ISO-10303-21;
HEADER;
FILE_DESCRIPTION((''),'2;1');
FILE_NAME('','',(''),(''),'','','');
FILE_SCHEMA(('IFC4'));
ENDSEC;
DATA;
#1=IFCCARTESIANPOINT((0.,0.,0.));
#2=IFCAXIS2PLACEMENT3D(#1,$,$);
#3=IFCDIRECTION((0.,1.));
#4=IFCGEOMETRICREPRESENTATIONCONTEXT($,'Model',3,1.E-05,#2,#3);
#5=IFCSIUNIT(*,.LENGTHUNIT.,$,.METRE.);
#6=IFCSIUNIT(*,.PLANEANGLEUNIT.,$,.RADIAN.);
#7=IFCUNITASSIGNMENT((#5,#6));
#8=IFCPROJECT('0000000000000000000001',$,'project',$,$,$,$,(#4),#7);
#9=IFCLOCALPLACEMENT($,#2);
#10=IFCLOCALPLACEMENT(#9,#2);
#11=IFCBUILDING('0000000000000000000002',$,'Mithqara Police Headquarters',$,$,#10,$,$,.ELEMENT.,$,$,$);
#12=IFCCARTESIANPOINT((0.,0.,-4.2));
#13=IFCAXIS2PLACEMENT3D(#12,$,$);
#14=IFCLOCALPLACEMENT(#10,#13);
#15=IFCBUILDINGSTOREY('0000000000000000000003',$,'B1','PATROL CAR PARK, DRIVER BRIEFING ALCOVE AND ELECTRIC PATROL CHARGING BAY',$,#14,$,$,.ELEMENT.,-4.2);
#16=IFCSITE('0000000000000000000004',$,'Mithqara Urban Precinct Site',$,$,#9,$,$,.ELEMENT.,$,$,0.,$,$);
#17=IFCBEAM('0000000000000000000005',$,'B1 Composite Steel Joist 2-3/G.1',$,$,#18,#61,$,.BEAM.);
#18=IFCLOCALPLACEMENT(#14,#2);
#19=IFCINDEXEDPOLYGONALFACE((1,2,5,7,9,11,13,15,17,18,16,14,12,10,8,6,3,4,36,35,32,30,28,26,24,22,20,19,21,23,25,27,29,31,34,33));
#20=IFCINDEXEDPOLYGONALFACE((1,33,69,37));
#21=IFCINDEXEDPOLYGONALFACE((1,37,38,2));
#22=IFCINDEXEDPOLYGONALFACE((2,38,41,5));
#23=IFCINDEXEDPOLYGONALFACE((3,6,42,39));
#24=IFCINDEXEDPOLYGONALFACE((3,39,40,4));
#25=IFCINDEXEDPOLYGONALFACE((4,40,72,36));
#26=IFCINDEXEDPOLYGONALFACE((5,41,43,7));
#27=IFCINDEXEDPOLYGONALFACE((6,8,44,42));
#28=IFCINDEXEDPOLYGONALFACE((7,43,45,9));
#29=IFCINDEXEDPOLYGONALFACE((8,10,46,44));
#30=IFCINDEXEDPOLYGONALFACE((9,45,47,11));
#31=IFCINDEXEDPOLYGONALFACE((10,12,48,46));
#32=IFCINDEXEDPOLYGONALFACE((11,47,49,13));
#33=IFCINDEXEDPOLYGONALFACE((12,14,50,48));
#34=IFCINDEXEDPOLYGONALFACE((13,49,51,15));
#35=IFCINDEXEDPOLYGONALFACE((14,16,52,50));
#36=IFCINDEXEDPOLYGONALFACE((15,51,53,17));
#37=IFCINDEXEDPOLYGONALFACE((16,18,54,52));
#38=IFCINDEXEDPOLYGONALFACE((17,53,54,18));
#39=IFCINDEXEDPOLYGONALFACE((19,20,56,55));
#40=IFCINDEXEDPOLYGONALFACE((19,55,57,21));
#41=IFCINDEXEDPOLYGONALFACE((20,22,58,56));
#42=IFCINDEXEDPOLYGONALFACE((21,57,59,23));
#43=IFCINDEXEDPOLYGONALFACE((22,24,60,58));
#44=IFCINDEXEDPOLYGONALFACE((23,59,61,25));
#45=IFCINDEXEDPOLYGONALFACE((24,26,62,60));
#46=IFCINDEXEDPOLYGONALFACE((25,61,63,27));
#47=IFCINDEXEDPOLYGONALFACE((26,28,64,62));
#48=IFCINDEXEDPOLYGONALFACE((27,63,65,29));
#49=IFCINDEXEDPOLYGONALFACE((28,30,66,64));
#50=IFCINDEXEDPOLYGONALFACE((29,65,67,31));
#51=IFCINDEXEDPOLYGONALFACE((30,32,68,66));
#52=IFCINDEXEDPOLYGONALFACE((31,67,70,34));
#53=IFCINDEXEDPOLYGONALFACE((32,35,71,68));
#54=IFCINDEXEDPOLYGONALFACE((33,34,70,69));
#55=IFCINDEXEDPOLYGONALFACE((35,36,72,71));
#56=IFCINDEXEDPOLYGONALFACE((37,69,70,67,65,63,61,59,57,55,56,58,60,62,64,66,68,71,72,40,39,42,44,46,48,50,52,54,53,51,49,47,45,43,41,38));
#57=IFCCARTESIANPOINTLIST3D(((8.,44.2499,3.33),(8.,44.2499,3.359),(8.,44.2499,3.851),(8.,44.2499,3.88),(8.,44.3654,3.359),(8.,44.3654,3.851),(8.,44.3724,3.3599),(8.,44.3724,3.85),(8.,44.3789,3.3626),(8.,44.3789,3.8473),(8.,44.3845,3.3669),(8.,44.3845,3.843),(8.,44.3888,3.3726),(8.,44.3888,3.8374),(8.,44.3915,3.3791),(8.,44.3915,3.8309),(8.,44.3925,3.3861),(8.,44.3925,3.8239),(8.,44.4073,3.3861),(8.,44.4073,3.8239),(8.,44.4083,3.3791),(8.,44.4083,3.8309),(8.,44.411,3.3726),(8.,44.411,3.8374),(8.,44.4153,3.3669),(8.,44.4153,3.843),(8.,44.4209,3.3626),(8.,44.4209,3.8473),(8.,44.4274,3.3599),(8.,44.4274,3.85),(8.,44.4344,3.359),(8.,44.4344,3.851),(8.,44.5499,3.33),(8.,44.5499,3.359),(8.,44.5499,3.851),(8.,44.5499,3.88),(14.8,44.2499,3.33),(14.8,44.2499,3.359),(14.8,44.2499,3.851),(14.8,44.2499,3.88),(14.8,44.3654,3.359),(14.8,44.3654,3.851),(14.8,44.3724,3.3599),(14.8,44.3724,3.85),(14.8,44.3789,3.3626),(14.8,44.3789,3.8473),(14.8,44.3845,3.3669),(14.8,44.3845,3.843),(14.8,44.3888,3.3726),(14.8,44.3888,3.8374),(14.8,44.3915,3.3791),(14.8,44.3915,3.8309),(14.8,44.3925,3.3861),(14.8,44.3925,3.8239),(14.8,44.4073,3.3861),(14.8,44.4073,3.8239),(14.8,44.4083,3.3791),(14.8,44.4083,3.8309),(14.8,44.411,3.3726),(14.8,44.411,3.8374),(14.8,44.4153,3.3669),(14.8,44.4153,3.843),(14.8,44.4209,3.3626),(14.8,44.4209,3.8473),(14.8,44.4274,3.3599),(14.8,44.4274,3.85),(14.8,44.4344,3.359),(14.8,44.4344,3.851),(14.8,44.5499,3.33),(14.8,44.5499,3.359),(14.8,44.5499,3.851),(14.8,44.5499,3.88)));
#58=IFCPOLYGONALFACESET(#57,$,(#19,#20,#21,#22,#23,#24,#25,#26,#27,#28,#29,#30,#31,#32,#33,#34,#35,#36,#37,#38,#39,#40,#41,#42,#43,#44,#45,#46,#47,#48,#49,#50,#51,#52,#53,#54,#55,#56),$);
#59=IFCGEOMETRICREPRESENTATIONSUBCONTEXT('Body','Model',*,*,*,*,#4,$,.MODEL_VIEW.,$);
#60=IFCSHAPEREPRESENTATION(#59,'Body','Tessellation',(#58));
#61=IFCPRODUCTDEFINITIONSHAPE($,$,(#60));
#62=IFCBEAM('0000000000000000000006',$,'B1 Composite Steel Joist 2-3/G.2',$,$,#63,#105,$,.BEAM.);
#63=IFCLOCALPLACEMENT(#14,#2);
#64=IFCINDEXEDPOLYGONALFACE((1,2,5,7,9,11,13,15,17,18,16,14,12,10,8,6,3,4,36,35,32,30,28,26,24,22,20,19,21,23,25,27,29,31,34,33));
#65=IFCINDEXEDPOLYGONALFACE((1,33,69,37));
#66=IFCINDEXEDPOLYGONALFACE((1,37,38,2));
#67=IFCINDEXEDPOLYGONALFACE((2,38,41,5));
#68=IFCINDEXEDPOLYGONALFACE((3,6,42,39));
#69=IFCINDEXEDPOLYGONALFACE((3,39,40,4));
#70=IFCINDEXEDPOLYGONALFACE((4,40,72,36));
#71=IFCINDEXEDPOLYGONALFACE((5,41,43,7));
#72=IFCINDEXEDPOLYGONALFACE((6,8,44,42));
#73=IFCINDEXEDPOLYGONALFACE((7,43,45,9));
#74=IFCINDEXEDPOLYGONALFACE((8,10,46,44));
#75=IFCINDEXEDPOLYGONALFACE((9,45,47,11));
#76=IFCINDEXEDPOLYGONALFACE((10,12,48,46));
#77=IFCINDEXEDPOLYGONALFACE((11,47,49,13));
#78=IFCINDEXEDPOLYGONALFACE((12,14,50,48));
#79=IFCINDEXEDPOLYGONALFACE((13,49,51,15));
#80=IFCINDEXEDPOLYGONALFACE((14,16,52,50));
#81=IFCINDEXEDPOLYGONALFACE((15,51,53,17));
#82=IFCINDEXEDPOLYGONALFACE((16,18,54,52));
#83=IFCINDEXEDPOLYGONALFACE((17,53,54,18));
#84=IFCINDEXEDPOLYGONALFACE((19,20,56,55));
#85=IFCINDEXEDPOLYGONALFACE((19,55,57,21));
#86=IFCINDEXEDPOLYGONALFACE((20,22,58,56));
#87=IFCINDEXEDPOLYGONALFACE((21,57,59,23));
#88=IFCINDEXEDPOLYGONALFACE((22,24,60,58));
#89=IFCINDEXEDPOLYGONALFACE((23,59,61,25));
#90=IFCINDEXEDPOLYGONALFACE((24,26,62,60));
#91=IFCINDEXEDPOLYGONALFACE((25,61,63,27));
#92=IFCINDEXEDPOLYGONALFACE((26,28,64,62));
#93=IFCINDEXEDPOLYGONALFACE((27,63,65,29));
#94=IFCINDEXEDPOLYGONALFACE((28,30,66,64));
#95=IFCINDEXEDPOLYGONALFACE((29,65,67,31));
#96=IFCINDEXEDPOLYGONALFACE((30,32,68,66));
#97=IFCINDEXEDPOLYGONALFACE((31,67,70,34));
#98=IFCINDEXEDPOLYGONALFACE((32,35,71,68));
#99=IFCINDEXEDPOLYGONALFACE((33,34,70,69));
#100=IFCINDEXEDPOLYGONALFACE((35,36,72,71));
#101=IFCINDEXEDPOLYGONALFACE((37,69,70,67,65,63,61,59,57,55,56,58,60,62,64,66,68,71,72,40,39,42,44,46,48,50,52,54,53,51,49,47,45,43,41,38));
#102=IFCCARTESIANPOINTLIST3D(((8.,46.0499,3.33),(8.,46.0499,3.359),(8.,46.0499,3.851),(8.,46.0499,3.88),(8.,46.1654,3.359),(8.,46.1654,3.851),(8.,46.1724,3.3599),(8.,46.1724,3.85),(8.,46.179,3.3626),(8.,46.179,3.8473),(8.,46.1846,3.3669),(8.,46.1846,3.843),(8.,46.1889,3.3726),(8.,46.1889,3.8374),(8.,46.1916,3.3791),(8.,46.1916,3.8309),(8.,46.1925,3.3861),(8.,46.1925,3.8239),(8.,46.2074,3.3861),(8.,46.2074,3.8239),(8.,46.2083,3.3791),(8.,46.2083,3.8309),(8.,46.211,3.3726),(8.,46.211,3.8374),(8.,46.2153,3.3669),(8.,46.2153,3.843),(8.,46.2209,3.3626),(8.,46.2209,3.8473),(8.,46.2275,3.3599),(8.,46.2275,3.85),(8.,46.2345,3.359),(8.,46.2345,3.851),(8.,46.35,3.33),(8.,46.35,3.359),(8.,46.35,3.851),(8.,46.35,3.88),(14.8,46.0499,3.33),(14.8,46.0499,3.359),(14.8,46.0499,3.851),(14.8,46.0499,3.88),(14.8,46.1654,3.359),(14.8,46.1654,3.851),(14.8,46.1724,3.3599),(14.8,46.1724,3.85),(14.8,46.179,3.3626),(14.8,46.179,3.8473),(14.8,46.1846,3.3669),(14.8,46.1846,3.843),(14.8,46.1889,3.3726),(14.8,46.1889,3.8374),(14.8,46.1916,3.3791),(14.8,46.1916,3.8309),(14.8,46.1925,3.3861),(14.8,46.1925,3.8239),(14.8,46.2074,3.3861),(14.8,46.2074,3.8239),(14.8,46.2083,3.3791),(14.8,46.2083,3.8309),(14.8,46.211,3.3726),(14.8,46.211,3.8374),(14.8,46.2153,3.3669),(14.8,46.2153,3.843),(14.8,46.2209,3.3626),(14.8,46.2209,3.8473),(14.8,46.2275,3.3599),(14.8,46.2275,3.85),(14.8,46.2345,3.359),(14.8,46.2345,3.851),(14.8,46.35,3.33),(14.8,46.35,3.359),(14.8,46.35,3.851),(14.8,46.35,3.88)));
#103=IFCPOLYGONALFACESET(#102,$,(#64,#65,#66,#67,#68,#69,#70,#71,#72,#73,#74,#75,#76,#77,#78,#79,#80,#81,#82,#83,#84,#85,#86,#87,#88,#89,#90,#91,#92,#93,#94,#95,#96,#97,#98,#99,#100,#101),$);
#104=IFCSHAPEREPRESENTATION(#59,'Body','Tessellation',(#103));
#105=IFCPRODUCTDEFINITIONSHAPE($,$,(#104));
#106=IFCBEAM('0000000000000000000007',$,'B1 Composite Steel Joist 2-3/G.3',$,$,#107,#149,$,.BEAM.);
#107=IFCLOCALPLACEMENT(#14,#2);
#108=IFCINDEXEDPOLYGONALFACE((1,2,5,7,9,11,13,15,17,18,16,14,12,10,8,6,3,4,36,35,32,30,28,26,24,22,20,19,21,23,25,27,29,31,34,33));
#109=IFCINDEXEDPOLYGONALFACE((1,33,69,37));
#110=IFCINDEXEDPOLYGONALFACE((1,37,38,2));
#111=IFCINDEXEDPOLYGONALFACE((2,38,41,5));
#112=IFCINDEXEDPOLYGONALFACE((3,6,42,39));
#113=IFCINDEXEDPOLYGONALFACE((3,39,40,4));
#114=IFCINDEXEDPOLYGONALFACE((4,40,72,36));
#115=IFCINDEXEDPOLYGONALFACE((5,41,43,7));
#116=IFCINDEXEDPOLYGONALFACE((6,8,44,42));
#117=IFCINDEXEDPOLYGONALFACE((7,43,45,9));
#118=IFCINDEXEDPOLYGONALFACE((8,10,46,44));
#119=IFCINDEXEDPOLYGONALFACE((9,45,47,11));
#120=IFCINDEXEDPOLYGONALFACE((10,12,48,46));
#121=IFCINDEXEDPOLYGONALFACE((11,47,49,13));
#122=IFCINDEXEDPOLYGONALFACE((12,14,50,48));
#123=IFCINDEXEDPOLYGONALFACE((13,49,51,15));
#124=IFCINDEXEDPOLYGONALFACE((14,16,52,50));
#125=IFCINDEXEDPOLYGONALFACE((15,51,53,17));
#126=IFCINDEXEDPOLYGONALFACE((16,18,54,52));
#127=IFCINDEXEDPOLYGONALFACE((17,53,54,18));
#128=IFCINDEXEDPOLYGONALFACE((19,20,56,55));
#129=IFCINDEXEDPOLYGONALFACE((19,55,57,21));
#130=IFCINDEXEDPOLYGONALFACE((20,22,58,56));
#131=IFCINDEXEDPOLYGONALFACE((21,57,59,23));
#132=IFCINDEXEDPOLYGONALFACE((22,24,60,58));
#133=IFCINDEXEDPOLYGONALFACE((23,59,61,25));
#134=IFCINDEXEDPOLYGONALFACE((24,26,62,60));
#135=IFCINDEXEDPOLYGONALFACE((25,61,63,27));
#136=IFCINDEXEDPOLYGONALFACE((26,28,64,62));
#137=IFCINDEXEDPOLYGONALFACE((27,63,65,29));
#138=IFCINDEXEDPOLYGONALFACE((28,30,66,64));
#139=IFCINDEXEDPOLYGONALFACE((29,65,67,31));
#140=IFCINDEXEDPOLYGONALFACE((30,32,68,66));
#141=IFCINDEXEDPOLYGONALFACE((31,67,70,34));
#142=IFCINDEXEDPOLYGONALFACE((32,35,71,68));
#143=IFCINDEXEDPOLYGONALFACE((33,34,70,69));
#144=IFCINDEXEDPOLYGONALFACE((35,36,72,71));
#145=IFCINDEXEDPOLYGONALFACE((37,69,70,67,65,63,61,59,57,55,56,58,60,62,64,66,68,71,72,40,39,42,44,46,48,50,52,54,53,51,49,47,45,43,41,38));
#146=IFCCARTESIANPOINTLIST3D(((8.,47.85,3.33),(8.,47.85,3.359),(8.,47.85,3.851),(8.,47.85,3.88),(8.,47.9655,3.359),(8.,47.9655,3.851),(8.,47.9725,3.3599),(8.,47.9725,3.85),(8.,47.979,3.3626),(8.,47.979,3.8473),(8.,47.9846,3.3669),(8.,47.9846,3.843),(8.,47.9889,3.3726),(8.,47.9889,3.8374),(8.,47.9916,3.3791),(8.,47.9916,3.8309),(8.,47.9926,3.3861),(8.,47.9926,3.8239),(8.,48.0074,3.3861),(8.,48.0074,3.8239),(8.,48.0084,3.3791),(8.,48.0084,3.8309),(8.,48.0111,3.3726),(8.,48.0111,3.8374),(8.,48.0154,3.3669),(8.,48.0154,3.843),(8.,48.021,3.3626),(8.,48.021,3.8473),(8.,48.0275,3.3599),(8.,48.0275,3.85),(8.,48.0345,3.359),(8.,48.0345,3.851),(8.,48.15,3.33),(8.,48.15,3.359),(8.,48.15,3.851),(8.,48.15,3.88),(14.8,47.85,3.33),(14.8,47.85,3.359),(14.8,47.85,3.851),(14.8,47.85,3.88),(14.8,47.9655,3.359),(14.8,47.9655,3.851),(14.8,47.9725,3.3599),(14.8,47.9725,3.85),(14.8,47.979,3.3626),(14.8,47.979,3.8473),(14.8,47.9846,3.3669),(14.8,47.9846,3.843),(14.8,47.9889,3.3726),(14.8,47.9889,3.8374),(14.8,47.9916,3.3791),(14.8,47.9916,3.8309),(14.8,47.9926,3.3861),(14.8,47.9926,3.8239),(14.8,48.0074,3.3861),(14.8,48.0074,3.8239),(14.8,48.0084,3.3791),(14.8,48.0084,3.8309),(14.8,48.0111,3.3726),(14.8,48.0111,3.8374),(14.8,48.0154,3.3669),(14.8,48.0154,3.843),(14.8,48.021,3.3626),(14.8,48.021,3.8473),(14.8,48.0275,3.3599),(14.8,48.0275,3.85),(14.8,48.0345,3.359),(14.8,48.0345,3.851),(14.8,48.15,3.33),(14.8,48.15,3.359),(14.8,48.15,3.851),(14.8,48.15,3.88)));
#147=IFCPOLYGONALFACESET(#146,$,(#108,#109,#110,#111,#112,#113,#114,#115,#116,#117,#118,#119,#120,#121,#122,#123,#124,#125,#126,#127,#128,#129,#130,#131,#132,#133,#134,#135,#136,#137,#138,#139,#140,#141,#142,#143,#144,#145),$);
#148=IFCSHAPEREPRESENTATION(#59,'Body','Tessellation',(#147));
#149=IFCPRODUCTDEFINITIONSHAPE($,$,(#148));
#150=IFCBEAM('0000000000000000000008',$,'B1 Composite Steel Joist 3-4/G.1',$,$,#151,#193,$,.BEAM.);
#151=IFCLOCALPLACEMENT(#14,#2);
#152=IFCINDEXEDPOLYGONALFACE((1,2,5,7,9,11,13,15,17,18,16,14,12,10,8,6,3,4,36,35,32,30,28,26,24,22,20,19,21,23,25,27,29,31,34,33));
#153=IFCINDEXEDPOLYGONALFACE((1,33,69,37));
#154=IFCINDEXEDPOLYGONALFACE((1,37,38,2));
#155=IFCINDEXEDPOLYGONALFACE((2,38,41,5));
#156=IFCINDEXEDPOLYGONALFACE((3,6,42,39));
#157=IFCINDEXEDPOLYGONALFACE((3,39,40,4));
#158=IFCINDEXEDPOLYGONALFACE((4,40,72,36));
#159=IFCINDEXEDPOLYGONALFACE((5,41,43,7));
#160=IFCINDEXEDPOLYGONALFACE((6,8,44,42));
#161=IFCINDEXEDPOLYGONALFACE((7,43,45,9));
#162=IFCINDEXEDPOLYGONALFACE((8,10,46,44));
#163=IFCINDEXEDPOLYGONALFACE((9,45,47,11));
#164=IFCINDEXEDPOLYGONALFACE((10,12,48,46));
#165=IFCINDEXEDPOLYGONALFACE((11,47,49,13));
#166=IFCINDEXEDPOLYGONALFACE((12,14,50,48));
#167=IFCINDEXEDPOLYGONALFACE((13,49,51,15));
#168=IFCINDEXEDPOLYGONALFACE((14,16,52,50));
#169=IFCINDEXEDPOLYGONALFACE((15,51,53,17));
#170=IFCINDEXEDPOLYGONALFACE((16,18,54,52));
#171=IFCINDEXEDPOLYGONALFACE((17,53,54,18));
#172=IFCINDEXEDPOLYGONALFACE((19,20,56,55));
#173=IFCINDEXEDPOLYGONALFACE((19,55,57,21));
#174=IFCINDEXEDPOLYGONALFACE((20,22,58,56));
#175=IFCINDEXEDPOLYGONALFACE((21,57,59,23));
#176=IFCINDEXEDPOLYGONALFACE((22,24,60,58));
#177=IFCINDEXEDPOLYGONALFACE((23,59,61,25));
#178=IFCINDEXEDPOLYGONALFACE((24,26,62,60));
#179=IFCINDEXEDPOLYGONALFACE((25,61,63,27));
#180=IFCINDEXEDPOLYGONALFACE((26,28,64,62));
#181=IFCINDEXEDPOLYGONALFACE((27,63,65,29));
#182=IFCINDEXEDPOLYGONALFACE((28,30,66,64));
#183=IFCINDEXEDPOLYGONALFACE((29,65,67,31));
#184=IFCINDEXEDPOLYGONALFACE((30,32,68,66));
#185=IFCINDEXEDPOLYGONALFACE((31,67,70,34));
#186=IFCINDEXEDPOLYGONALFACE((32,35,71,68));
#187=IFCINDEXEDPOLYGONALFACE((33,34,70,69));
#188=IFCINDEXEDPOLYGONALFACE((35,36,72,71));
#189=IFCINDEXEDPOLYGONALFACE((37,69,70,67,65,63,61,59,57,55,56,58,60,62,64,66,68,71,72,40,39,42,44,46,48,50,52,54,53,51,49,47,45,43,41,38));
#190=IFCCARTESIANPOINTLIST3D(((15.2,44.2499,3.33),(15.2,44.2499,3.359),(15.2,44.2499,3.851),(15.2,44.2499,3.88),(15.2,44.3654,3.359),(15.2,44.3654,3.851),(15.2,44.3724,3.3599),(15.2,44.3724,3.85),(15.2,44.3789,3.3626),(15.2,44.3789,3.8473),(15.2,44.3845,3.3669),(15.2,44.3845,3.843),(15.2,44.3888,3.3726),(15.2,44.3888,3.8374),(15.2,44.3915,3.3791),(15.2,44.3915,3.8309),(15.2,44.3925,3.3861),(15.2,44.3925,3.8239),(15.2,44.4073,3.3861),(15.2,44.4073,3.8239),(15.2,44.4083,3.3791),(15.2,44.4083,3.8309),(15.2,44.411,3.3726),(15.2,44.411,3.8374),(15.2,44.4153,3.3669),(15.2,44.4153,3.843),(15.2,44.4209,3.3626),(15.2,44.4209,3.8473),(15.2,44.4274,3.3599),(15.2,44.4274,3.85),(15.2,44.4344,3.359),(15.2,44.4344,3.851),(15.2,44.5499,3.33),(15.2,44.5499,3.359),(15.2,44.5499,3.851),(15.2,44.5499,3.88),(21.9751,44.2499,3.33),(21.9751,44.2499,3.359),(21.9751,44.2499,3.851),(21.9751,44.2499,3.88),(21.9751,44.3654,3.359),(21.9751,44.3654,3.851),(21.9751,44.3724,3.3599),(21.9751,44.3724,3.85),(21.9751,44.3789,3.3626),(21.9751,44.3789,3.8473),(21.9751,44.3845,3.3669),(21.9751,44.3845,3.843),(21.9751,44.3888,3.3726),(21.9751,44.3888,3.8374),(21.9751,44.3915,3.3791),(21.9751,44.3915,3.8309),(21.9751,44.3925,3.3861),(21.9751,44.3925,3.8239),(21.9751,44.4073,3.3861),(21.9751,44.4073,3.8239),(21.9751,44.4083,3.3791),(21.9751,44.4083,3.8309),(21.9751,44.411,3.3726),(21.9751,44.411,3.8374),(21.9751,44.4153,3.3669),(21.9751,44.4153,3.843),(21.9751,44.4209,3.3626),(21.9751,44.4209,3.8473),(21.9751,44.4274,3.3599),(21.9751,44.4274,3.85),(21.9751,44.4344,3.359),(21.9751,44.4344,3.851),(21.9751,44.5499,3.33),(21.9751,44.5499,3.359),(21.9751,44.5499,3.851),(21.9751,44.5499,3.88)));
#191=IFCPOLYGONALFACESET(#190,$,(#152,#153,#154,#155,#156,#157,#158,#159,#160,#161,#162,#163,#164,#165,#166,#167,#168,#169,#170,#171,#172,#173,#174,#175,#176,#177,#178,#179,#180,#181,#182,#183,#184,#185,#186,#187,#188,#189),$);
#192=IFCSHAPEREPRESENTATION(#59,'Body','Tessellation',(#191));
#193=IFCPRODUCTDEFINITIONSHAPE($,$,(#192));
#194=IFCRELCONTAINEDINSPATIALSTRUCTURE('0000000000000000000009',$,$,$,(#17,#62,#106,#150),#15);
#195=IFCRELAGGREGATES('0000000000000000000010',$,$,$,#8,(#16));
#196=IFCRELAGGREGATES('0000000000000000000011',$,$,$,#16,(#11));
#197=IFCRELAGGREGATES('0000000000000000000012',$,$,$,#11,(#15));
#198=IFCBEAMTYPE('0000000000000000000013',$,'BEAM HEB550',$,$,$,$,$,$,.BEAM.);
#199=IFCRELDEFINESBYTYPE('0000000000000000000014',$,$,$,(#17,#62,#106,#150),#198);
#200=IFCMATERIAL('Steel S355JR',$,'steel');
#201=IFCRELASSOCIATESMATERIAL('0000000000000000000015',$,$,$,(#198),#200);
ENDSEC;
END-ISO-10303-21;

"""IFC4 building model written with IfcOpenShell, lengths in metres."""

from ifc_helpers import new_model, si_unit, direction, frame, origin, origin_2d, place, context, subcontext, project, spatial, i_section, extrude, material, material_profile, profile_set, type_object, element, save


model = new_model("IFC4")

# Units and contexts
model_context = context("Model", 3, precision=1e-05, world=origin(), true_north=direction((0.0, 1.0)))
body_context = subcontext(model_context, "Body", "Model", "MODEL_VIEW")
ifc_project = project(units=[si_unit("LENGTHUNIT", "METRE"), si_unit("PLANEANGLEUNIT", "RADIAN")], contexts=[model_context])

# Site, building, storey
site_placement = place(None, origin())
site = spatial("IfcSite", under=ifc_project, at=site_placement, Name="Mithqara Urban Precinct Site", CompositionType="ELEMENT", RefElevation=0.0)
building_placement = place(site_placement, origin())
building = spatial("IfcBuilding", under=site, at=building_placement, Name="Mithqara Police Headquarters", CompositionType="ELEMENT")
storey_placement = place(building_placement, frame((0.0, 0.0, -4.2)))
storey = spatial("IfcBuildingStorey", under=building, at=storey_placement, Name="B1", Description="PATROL CAR PARK, DRIVER BRIEFING ALCOVE AND ELECTRIC PATROL CHARGING BAY", CompositionType="ELEMENT", Elevation=-4.2)

# Beams
ifc_material_1 = material(Name="Steel S355JR", Category="steel")
ifc_material_profile_1 = material_profile(ifc_material_1, i_section(OverallWidth=0.3, OverallDepth=0.55, WebThickness=0.0149, FlangeThickness=0.0291, FilletRadius=0.0271, at=origin_2d()), Name="HEB 550")
ifc_profile_set_1 = profile_set([ifc_material_profile_1], Name="Steel S355JR")
beam_type_1 = type_object("IfcBeamType", Name="BEAM HEB550", PredefinedType="BEAM", material=ifc_profile_set_1)
for number, where, z_axis, x_axis, name in (
    (1, (8.0, 44.3999, 3.605), (1.0, 0.0, 0.0), (0.0, 1.0, 0.0), "B1 Composite Steel Joist 2-3/G.1"),
    (2, (8.0, 46.2, 3.605), (1.0, 0.0, 0.0), (0.0, 1.0, 0.0), "B1 Composite Steel Joist 2-3/G.2"),
    (3, (8.0, 48.0, 3.605), (1.0, 0.0, 0.0), (0.0, 1.0, 0.0), "B1 Composite Steel Joist 2-3/G.3"),
):
    element("IfcBeam", number, at=place(storey_placement, frame(where, z_axis=z_axis, x_axis=x_axis)), inside=storey, type_object=beam_type_1, Name=name, PredefinedType="BEAM", context=body_context, shape_type="SweptSolid", body=[
        extrude(i_section(OverallWidth=0.3, OverallDepth=0.55, WebThickness=0.0149, FlangeThickness=0.0291, FilletRadius=0.0271, at=origin_2d()), origin(), (0.0, 0.0, 1.0), 6.8),
    ])
for number, where, z_axis, x_axis, name in (
    (4, (15.2, 44.3999, 3.605), (1.0, 0.0, 0.0), (0.0, 1.0, 0.0), "B1 Composite Steel Joist 3-4/G.1"),
):
    element("IfcBeam", number, at=place(storey_placement, frame(where, z_axis=z_axis, x_axis=x_axis)), inside=storey, type_object=beam_type_1, Name=name, PredefinedType="BEAM", context=body_context, shape_type="SweptSolid", body=[
        extrude(i_section(OverallWidth=0.3, OverallDepth=0.55, WebThickness=0.0149, FlangeThickness=0.0291, FilletRadius=0.0271, at=origin_2d()), origin(), (0.0, 0.0, 1.0), 6.7751),
    ])

save(model, "model.ifc")
